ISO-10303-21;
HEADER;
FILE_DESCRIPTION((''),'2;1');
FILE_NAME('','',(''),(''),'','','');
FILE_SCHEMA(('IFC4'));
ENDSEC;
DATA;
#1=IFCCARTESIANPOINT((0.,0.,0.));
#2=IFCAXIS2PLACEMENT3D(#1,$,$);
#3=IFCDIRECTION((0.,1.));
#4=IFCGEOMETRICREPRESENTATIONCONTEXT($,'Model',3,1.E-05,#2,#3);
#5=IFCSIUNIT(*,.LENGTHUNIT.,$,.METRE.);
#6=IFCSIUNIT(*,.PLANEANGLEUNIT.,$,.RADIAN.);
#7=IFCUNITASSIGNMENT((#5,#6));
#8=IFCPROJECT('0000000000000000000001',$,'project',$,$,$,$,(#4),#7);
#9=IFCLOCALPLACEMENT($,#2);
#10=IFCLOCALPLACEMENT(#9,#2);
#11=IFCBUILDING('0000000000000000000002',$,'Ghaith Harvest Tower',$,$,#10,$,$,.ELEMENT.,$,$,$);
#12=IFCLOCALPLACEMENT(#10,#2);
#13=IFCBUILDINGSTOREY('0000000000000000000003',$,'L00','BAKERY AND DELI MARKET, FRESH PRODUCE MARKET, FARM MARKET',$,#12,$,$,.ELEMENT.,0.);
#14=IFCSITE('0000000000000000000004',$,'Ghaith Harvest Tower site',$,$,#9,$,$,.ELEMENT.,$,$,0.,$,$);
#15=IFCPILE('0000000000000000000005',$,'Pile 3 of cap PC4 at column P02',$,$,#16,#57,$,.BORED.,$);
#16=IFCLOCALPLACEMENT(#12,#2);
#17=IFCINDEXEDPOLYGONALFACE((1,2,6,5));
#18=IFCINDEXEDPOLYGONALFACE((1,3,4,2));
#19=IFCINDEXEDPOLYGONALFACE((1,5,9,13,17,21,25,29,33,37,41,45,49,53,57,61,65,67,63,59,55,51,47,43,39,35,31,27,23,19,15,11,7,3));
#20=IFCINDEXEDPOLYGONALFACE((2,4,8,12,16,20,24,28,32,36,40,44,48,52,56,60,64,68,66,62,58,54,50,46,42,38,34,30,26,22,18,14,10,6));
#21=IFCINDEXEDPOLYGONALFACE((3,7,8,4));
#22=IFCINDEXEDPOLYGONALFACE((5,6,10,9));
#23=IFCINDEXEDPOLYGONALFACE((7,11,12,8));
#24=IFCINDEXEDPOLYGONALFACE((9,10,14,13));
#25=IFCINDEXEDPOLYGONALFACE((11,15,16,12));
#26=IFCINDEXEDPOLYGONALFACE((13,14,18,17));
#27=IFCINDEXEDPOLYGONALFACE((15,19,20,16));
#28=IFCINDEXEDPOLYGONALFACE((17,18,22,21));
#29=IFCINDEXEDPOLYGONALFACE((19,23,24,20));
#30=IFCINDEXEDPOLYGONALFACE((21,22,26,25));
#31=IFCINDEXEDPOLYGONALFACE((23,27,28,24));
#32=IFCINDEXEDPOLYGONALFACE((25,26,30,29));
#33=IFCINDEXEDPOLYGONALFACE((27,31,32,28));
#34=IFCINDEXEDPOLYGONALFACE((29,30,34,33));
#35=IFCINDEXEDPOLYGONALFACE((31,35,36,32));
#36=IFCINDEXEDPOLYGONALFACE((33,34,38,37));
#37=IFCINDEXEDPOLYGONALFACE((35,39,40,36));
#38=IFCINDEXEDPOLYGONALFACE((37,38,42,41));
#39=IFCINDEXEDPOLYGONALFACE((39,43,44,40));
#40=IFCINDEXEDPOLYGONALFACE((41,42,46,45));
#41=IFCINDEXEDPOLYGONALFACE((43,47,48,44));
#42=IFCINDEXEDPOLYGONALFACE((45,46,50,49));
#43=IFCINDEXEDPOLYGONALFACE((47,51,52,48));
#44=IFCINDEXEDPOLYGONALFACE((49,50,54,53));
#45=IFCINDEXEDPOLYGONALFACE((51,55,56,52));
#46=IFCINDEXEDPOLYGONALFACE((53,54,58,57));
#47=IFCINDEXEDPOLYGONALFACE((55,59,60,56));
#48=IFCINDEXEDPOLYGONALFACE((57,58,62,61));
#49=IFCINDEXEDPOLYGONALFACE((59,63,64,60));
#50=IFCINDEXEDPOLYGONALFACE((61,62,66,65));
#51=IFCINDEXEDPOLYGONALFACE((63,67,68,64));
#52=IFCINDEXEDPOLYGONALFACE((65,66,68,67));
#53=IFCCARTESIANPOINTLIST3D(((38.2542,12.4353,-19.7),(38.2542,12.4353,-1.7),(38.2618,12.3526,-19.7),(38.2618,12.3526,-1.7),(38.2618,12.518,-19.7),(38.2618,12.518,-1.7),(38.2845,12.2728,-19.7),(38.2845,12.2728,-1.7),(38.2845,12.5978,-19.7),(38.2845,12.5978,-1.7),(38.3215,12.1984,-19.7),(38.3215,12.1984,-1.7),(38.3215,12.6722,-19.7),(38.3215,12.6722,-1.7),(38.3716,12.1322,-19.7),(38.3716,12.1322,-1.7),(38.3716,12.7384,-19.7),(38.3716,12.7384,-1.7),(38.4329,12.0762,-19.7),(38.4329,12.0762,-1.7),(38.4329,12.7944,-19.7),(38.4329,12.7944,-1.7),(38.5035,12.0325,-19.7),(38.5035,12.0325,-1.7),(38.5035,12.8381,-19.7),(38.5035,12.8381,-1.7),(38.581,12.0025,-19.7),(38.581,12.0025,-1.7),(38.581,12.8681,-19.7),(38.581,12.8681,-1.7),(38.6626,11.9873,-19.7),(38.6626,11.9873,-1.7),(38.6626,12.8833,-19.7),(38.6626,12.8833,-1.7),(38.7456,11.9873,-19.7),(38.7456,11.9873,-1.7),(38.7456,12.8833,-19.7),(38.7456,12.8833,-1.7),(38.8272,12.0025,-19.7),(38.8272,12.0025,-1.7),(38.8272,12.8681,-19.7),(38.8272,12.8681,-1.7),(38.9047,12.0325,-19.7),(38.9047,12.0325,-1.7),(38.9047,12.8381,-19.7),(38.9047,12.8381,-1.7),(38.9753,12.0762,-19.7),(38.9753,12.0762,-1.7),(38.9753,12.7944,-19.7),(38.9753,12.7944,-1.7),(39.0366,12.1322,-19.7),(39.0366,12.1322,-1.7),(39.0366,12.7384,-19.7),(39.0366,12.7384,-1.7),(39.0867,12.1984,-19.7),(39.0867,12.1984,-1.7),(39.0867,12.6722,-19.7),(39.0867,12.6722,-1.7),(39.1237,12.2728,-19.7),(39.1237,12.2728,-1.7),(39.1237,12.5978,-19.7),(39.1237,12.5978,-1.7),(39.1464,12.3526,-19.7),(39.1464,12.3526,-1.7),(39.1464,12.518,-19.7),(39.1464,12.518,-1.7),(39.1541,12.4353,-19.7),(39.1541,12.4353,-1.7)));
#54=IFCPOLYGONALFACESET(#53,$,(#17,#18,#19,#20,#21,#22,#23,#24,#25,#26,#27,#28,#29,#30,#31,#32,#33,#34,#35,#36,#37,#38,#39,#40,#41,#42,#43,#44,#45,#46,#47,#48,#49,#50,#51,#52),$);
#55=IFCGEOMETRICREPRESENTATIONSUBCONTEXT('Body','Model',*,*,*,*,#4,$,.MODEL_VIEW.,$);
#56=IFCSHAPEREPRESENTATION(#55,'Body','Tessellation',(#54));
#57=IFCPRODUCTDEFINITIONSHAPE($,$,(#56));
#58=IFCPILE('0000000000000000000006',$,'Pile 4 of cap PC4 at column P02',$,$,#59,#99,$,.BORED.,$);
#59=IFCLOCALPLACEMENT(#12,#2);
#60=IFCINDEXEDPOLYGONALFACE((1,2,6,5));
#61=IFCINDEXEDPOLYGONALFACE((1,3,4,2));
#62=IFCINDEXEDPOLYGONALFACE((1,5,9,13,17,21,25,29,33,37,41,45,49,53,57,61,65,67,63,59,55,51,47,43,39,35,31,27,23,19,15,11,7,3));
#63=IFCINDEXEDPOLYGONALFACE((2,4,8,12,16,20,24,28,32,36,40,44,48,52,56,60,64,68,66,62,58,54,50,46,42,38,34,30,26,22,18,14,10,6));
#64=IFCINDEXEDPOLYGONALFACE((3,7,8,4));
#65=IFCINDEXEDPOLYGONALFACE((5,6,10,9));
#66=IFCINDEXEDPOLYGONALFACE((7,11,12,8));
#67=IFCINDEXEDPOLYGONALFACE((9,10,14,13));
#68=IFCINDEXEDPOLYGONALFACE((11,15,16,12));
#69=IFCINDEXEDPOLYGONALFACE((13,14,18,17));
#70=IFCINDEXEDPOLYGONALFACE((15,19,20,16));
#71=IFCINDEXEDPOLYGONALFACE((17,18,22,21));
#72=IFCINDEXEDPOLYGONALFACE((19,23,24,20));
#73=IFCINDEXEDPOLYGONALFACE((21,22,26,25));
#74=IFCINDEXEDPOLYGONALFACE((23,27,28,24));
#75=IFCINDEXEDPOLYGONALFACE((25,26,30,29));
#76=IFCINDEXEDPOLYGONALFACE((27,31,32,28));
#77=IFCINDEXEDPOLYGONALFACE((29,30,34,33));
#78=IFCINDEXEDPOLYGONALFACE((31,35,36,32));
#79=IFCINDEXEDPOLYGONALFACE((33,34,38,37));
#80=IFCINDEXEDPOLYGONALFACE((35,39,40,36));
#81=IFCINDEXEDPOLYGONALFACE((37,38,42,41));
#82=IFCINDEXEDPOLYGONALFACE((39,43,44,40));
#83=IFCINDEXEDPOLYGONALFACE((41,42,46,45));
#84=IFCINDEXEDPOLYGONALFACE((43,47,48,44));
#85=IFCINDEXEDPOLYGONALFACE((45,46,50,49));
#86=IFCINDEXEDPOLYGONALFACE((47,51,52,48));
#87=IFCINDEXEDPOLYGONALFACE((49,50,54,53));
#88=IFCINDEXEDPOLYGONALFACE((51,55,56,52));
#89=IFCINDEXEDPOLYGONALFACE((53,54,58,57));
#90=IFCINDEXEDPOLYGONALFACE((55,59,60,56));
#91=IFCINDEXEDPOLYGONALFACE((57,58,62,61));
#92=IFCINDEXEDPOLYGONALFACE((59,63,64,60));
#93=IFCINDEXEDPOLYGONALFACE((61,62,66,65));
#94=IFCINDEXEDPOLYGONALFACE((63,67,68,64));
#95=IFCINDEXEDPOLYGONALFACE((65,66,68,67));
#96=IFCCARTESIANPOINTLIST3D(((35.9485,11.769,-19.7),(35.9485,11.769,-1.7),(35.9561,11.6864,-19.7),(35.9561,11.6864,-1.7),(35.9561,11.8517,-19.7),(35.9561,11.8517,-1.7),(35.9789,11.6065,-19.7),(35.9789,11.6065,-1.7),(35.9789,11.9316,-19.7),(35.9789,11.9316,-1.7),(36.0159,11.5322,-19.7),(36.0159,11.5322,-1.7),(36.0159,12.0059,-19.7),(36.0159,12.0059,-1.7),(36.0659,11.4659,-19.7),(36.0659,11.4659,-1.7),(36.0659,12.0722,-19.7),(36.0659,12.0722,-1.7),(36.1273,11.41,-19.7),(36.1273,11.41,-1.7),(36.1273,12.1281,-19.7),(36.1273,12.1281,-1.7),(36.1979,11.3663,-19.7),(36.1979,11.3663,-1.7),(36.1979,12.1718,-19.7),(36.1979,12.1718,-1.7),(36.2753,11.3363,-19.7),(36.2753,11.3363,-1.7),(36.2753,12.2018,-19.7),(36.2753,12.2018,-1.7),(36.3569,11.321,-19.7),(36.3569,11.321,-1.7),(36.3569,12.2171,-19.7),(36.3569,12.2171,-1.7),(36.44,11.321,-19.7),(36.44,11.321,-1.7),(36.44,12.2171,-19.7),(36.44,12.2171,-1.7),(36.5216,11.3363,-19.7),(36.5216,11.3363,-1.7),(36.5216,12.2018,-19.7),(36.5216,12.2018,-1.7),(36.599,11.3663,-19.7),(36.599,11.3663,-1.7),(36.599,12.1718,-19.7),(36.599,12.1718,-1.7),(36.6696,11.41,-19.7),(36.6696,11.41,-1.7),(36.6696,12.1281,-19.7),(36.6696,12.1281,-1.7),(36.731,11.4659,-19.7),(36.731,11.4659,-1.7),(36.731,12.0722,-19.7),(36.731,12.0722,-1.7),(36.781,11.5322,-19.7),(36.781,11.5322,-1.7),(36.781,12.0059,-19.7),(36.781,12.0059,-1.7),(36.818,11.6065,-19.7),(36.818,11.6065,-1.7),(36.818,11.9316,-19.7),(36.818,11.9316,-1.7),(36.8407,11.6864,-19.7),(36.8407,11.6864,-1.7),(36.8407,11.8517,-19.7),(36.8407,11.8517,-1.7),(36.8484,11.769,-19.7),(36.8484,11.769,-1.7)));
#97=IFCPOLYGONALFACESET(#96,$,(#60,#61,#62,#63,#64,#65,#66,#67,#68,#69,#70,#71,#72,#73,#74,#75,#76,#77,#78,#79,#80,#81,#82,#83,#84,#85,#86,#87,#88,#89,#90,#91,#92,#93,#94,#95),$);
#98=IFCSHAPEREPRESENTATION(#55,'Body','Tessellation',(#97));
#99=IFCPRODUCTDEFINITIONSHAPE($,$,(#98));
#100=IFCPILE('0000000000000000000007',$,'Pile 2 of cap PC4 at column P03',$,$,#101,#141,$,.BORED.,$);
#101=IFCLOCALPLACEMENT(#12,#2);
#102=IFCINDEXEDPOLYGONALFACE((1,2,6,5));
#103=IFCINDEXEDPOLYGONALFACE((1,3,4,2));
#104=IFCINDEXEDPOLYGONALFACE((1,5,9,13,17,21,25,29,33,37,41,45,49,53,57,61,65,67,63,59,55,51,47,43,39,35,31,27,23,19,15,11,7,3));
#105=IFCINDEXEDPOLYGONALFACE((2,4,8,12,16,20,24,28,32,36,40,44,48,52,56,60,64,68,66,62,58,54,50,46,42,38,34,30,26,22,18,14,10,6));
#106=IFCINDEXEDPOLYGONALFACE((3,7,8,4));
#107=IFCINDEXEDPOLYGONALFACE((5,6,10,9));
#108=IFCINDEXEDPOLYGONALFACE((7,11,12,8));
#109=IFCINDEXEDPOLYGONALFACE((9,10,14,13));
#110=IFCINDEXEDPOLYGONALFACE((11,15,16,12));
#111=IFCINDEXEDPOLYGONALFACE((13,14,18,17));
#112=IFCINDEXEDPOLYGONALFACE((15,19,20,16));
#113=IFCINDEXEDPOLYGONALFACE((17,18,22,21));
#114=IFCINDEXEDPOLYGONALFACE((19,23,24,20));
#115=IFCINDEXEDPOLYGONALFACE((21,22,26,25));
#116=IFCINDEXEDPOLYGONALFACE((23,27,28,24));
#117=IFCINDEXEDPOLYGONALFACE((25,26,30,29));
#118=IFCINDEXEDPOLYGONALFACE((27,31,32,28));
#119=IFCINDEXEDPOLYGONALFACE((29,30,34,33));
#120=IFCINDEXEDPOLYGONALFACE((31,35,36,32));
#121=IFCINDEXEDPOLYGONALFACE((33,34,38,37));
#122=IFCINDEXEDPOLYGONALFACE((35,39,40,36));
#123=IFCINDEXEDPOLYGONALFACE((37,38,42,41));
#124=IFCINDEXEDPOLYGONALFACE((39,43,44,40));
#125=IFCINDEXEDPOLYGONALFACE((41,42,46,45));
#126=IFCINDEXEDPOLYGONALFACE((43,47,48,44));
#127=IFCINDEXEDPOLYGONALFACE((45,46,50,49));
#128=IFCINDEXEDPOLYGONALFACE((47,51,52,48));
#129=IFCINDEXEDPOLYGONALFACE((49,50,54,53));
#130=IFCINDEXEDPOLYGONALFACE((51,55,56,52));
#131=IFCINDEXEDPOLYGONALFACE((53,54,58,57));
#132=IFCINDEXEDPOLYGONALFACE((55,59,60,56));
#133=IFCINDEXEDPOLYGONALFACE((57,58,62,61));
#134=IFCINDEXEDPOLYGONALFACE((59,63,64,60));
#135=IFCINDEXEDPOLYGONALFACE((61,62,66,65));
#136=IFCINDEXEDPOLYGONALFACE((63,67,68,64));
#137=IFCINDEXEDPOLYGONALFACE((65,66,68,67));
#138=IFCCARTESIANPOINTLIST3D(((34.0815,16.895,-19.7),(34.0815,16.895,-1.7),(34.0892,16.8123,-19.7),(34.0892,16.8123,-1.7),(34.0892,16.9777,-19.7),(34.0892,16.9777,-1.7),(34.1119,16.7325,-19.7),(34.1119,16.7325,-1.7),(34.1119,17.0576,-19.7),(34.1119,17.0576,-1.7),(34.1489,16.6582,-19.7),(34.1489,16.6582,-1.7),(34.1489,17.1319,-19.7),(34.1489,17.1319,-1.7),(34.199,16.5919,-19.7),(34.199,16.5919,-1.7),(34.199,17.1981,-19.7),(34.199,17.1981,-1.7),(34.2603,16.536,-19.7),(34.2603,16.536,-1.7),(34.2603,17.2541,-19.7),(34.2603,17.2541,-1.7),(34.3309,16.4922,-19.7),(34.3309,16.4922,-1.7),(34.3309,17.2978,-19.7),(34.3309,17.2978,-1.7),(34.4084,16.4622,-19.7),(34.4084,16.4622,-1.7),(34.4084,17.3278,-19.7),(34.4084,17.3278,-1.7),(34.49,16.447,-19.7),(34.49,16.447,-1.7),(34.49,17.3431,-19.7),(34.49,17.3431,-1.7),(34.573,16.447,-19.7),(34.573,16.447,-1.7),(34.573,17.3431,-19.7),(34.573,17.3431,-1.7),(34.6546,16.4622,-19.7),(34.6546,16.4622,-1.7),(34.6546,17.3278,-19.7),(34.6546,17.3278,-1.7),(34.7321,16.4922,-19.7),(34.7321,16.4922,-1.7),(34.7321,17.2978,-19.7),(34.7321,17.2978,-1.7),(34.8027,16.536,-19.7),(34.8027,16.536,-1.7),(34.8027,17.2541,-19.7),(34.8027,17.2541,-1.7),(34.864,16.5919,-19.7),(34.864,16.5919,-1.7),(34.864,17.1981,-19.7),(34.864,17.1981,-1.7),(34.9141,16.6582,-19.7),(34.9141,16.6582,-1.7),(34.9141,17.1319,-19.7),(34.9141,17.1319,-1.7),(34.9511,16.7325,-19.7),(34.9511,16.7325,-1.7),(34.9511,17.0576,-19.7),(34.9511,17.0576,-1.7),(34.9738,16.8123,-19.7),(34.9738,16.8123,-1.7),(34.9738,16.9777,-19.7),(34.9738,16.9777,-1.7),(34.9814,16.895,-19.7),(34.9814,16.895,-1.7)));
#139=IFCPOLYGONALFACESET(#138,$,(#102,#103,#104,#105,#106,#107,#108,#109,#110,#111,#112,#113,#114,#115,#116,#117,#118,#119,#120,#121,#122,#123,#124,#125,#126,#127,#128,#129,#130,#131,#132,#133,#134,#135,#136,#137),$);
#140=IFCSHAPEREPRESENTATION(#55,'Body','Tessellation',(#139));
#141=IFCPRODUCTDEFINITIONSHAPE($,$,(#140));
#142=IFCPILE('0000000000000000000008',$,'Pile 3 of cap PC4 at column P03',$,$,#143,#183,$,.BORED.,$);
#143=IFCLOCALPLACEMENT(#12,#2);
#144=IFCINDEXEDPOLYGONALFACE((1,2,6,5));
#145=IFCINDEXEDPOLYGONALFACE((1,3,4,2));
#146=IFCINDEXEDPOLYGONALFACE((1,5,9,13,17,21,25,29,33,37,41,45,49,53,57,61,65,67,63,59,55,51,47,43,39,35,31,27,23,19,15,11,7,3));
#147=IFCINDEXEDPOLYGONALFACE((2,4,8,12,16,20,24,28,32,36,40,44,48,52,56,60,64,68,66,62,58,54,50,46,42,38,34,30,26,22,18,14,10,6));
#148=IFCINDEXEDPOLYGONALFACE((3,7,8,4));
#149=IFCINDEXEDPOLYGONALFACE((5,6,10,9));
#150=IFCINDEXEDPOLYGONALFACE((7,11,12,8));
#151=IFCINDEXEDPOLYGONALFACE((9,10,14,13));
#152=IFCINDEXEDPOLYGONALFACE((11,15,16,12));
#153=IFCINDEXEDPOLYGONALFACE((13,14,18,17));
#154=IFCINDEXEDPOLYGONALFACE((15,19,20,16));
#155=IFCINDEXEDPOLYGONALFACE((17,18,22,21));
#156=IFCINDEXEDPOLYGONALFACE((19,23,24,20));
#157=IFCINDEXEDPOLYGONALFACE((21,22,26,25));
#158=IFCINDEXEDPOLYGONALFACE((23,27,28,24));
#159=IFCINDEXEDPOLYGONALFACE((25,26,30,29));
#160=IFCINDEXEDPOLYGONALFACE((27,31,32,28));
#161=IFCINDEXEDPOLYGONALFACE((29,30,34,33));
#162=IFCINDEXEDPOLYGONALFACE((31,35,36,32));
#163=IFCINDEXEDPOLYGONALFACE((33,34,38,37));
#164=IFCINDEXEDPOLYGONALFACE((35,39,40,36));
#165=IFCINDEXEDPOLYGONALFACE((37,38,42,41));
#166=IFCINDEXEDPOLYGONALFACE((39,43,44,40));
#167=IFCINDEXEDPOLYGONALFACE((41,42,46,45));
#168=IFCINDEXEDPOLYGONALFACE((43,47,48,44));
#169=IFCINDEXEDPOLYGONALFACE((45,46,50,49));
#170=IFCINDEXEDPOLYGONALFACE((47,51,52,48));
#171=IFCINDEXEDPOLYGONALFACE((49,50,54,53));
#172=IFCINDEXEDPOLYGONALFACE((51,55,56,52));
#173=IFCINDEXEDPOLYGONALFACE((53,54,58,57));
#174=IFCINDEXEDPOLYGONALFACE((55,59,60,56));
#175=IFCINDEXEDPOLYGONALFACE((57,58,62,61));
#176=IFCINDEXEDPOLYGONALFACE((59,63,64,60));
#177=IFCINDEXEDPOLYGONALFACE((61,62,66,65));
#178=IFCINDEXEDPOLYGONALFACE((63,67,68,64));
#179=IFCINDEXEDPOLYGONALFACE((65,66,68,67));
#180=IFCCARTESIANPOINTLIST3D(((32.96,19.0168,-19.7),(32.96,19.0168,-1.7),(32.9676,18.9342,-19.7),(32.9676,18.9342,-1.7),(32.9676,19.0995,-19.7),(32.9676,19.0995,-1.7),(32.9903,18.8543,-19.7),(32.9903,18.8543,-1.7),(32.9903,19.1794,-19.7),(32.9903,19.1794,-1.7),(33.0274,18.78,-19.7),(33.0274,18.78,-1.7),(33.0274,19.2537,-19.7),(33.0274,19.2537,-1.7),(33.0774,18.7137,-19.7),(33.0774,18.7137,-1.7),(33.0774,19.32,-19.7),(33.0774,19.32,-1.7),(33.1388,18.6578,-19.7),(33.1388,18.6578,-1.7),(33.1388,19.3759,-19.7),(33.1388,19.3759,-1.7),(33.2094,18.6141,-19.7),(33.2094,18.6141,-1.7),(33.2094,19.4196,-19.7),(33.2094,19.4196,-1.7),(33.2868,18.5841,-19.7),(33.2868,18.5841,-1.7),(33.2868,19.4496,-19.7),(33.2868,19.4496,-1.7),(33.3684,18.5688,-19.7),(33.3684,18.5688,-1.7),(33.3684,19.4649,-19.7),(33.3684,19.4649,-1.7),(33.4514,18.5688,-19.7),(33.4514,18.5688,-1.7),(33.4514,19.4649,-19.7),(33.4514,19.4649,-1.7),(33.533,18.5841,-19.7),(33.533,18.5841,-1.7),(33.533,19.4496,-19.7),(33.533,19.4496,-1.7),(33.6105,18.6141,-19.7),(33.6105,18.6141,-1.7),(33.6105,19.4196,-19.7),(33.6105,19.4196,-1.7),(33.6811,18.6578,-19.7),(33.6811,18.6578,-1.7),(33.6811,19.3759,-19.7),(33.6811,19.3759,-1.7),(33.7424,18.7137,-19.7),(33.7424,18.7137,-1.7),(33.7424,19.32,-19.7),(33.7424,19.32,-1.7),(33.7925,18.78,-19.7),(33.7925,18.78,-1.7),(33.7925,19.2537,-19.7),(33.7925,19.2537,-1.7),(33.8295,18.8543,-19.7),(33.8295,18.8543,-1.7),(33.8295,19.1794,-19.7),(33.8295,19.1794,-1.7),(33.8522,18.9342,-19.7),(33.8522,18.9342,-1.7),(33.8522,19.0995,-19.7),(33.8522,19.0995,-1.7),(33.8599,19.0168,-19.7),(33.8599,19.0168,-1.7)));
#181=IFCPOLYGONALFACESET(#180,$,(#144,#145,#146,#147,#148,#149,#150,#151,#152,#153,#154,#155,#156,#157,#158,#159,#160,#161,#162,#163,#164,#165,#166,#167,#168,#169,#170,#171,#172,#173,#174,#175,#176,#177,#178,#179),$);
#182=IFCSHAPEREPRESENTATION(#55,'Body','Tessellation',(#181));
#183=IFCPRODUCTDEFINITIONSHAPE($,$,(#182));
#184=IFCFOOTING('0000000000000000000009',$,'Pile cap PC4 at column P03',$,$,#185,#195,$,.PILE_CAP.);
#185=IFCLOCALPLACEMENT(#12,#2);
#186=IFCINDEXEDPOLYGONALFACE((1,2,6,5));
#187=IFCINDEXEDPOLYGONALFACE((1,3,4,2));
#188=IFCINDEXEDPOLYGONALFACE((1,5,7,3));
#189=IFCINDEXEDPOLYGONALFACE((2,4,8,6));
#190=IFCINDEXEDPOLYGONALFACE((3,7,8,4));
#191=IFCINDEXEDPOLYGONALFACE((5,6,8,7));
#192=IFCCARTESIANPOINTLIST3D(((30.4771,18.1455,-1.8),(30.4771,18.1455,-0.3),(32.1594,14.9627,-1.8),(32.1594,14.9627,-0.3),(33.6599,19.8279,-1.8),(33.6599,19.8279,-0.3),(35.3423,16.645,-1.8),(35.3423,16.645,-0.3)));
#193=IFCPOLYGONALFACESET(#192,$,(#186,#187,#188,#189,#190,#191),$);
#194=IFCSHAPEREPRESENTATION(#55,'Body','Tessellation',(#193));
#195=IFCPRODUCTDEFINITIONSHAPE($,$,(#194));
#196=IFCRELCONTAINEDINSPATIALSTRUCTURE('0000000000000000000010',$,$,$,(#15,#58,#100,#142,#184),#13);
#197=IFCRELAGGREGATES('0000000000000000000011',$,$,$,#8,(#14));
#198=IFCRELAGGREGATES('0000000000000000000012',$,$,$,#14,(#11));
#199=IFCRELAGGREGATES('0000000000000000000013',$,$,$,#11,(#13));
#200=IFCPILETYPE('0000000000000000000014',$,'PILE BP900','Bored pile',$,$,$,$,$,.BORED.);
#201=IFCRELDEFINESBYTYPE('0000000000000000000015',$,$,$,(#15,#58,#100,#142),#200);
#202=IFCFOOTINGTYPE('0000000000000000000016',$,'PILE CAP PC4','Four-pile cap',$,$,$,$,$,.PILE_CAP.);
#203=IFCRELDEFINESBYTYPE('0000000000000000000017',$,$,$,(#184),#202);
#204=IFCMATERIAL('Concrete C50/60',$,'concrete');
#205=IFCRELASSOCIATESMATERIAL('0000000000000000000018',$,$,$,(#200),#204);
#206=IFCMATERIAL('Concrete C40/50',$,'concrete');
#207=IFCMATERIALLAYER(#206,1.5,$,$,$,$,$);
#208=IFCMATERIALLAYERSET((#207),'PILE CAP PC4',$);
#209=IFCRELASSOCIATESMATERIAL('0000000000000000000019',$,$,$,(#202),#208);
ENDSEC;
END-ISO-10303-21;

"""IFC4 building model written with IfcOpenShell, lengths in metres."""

from ifc_helpers import new_model, si_unit, direction, frame, origin, origin_2d, place, context, subcontext, project, spatial, rectangle, circle, extrude, material, layer, layer_set, material_profile, profile_set, type_object, element, save


model = new_model("IFC4")

# Units and contexts
model_context = context("Model", 3, precision=1e-05, world=origin(), true_north=direction((0.0, 1.0)))
body_context = subcontext(model_context, "Body", "Model", "MODEL_VIEW")
ifc_project = project(units=[si_unit("LENGTHUNIT", "METRE"), si_unit("PLANEANGLEUNIT", "RADIAN")], contexts=[model_context])

# Site, building, storey
site_placement = place(None, origin())
site = spatial("IfcSite", under=ifc_project, at=site_placement, Name="Ghaith Harvest Tower site", CompositionType="ELEMENT", RefElevation=0.0)
building_placement = place(site_placement, origin())
building = spatial("IfcBuilding", under=site, at=building_placement, Name="Ghaith Harvest Tower", CompositionType="ELEMENT")
storey_placement = place(building_placement, origin())
storey = spatial("IfcBuildingStorey", under=building, at=storey_placement, Name="L00", Description="BAKERY AND DELI MARKET, FRESH PRODUCE MARKET, FARM MARKET", CompositionType="ELEMENT", Elevation=0.0)

# Piles
ifc_material_1 = material(Name="Concrete C50/60", Category="concrete")
ifc_material_profile_1 = material_profile(ifc_material_1, circle(Radius=0.45, at=origin_2d()), Name="PILE900")
ifc_profile_set_1 = profile_set([ifc_material_profile_1], Name="Concrete C50/60")
pile_type = type_object("IfcPileType", Name="PILE BP900", Description="Bored pile", PredefinedType="BORED", material=ifc_profile_set_1)
for number, where, z_axis, x_axis, name in (
    (1, (38.7041, 12.4353, -1.7), (0.0, 0.0, -1.0), (1.0, 0.0, 0.0), "Pile 3 of cap PC4 at column P02"),
    (2, (36.3984, 11.769, -1.7), (0.0, 0.0, -1.0), (1.0, 0.0, 0.0), "Pile 4 of cap PC4 at column P02"),
    (3, (34.5315, 16.895, -1.7), (0.0, 0.0, -1.0), (1.0, 0.0, 0.0), "Pile 2 of cap PC4 at column P03"),
    (4, (33.4099, 19.0168, -1.7), (0.0, 0.0, -1.0), (1.0, 0.0, 0.0), "Pile 3 of cap PC4 at column P03"),
):
    element("IfcPile", number, at=place(storey_placement, frame(where, z_axis=z_axis, x_axis=x_axis)), inside=storey, type_object=pile_type, Name=name, PredefinedType="BORED", context=body_context, shape_type="SweptSolid", body=[
        extrude(circle(Radius=0.45, at=origin_2d()), origin(), (0.0, 0.0, 1.0), 18.0),
    ])

# Footing
ifc_material_2 = material(Name="Concrete C40/50", Category="concrete")
ifc_layer_1 = layer(ifc_material_2, 1.5)
ifc_layer_set_1 = layer_set([ifc_layer_1], Name="PILE CAP PC4")
footing_type = type_object("IfcFootingType", Name="PILE CAP PC4", Description="Four-pile cap", PredefinedType="PILE_CAP", material=ifc_layer_set_1)
footing_placement = place(storey_placement, frame((32.9097, 17.3953, -1.8), z_axis=(0.0, 0.0, 1.0), x_axis=(0.884095, 0.467307, 0.0)))
element("IfcFooting", 5, at=footing_placement, inside=storey, type_object=footing_type, Name="Pile cap PC4 at column P03", PredefinedType="PILE_CAP", context=body_context, shape_type="SweptSolid", body=[
    extrude(rectangle(XDim=3.6001, YDim=3.6001, at=origin_2d()), origin(), (0.0, 0.0, 1.0), 1.5),
])

save(model, "model.ifc")
